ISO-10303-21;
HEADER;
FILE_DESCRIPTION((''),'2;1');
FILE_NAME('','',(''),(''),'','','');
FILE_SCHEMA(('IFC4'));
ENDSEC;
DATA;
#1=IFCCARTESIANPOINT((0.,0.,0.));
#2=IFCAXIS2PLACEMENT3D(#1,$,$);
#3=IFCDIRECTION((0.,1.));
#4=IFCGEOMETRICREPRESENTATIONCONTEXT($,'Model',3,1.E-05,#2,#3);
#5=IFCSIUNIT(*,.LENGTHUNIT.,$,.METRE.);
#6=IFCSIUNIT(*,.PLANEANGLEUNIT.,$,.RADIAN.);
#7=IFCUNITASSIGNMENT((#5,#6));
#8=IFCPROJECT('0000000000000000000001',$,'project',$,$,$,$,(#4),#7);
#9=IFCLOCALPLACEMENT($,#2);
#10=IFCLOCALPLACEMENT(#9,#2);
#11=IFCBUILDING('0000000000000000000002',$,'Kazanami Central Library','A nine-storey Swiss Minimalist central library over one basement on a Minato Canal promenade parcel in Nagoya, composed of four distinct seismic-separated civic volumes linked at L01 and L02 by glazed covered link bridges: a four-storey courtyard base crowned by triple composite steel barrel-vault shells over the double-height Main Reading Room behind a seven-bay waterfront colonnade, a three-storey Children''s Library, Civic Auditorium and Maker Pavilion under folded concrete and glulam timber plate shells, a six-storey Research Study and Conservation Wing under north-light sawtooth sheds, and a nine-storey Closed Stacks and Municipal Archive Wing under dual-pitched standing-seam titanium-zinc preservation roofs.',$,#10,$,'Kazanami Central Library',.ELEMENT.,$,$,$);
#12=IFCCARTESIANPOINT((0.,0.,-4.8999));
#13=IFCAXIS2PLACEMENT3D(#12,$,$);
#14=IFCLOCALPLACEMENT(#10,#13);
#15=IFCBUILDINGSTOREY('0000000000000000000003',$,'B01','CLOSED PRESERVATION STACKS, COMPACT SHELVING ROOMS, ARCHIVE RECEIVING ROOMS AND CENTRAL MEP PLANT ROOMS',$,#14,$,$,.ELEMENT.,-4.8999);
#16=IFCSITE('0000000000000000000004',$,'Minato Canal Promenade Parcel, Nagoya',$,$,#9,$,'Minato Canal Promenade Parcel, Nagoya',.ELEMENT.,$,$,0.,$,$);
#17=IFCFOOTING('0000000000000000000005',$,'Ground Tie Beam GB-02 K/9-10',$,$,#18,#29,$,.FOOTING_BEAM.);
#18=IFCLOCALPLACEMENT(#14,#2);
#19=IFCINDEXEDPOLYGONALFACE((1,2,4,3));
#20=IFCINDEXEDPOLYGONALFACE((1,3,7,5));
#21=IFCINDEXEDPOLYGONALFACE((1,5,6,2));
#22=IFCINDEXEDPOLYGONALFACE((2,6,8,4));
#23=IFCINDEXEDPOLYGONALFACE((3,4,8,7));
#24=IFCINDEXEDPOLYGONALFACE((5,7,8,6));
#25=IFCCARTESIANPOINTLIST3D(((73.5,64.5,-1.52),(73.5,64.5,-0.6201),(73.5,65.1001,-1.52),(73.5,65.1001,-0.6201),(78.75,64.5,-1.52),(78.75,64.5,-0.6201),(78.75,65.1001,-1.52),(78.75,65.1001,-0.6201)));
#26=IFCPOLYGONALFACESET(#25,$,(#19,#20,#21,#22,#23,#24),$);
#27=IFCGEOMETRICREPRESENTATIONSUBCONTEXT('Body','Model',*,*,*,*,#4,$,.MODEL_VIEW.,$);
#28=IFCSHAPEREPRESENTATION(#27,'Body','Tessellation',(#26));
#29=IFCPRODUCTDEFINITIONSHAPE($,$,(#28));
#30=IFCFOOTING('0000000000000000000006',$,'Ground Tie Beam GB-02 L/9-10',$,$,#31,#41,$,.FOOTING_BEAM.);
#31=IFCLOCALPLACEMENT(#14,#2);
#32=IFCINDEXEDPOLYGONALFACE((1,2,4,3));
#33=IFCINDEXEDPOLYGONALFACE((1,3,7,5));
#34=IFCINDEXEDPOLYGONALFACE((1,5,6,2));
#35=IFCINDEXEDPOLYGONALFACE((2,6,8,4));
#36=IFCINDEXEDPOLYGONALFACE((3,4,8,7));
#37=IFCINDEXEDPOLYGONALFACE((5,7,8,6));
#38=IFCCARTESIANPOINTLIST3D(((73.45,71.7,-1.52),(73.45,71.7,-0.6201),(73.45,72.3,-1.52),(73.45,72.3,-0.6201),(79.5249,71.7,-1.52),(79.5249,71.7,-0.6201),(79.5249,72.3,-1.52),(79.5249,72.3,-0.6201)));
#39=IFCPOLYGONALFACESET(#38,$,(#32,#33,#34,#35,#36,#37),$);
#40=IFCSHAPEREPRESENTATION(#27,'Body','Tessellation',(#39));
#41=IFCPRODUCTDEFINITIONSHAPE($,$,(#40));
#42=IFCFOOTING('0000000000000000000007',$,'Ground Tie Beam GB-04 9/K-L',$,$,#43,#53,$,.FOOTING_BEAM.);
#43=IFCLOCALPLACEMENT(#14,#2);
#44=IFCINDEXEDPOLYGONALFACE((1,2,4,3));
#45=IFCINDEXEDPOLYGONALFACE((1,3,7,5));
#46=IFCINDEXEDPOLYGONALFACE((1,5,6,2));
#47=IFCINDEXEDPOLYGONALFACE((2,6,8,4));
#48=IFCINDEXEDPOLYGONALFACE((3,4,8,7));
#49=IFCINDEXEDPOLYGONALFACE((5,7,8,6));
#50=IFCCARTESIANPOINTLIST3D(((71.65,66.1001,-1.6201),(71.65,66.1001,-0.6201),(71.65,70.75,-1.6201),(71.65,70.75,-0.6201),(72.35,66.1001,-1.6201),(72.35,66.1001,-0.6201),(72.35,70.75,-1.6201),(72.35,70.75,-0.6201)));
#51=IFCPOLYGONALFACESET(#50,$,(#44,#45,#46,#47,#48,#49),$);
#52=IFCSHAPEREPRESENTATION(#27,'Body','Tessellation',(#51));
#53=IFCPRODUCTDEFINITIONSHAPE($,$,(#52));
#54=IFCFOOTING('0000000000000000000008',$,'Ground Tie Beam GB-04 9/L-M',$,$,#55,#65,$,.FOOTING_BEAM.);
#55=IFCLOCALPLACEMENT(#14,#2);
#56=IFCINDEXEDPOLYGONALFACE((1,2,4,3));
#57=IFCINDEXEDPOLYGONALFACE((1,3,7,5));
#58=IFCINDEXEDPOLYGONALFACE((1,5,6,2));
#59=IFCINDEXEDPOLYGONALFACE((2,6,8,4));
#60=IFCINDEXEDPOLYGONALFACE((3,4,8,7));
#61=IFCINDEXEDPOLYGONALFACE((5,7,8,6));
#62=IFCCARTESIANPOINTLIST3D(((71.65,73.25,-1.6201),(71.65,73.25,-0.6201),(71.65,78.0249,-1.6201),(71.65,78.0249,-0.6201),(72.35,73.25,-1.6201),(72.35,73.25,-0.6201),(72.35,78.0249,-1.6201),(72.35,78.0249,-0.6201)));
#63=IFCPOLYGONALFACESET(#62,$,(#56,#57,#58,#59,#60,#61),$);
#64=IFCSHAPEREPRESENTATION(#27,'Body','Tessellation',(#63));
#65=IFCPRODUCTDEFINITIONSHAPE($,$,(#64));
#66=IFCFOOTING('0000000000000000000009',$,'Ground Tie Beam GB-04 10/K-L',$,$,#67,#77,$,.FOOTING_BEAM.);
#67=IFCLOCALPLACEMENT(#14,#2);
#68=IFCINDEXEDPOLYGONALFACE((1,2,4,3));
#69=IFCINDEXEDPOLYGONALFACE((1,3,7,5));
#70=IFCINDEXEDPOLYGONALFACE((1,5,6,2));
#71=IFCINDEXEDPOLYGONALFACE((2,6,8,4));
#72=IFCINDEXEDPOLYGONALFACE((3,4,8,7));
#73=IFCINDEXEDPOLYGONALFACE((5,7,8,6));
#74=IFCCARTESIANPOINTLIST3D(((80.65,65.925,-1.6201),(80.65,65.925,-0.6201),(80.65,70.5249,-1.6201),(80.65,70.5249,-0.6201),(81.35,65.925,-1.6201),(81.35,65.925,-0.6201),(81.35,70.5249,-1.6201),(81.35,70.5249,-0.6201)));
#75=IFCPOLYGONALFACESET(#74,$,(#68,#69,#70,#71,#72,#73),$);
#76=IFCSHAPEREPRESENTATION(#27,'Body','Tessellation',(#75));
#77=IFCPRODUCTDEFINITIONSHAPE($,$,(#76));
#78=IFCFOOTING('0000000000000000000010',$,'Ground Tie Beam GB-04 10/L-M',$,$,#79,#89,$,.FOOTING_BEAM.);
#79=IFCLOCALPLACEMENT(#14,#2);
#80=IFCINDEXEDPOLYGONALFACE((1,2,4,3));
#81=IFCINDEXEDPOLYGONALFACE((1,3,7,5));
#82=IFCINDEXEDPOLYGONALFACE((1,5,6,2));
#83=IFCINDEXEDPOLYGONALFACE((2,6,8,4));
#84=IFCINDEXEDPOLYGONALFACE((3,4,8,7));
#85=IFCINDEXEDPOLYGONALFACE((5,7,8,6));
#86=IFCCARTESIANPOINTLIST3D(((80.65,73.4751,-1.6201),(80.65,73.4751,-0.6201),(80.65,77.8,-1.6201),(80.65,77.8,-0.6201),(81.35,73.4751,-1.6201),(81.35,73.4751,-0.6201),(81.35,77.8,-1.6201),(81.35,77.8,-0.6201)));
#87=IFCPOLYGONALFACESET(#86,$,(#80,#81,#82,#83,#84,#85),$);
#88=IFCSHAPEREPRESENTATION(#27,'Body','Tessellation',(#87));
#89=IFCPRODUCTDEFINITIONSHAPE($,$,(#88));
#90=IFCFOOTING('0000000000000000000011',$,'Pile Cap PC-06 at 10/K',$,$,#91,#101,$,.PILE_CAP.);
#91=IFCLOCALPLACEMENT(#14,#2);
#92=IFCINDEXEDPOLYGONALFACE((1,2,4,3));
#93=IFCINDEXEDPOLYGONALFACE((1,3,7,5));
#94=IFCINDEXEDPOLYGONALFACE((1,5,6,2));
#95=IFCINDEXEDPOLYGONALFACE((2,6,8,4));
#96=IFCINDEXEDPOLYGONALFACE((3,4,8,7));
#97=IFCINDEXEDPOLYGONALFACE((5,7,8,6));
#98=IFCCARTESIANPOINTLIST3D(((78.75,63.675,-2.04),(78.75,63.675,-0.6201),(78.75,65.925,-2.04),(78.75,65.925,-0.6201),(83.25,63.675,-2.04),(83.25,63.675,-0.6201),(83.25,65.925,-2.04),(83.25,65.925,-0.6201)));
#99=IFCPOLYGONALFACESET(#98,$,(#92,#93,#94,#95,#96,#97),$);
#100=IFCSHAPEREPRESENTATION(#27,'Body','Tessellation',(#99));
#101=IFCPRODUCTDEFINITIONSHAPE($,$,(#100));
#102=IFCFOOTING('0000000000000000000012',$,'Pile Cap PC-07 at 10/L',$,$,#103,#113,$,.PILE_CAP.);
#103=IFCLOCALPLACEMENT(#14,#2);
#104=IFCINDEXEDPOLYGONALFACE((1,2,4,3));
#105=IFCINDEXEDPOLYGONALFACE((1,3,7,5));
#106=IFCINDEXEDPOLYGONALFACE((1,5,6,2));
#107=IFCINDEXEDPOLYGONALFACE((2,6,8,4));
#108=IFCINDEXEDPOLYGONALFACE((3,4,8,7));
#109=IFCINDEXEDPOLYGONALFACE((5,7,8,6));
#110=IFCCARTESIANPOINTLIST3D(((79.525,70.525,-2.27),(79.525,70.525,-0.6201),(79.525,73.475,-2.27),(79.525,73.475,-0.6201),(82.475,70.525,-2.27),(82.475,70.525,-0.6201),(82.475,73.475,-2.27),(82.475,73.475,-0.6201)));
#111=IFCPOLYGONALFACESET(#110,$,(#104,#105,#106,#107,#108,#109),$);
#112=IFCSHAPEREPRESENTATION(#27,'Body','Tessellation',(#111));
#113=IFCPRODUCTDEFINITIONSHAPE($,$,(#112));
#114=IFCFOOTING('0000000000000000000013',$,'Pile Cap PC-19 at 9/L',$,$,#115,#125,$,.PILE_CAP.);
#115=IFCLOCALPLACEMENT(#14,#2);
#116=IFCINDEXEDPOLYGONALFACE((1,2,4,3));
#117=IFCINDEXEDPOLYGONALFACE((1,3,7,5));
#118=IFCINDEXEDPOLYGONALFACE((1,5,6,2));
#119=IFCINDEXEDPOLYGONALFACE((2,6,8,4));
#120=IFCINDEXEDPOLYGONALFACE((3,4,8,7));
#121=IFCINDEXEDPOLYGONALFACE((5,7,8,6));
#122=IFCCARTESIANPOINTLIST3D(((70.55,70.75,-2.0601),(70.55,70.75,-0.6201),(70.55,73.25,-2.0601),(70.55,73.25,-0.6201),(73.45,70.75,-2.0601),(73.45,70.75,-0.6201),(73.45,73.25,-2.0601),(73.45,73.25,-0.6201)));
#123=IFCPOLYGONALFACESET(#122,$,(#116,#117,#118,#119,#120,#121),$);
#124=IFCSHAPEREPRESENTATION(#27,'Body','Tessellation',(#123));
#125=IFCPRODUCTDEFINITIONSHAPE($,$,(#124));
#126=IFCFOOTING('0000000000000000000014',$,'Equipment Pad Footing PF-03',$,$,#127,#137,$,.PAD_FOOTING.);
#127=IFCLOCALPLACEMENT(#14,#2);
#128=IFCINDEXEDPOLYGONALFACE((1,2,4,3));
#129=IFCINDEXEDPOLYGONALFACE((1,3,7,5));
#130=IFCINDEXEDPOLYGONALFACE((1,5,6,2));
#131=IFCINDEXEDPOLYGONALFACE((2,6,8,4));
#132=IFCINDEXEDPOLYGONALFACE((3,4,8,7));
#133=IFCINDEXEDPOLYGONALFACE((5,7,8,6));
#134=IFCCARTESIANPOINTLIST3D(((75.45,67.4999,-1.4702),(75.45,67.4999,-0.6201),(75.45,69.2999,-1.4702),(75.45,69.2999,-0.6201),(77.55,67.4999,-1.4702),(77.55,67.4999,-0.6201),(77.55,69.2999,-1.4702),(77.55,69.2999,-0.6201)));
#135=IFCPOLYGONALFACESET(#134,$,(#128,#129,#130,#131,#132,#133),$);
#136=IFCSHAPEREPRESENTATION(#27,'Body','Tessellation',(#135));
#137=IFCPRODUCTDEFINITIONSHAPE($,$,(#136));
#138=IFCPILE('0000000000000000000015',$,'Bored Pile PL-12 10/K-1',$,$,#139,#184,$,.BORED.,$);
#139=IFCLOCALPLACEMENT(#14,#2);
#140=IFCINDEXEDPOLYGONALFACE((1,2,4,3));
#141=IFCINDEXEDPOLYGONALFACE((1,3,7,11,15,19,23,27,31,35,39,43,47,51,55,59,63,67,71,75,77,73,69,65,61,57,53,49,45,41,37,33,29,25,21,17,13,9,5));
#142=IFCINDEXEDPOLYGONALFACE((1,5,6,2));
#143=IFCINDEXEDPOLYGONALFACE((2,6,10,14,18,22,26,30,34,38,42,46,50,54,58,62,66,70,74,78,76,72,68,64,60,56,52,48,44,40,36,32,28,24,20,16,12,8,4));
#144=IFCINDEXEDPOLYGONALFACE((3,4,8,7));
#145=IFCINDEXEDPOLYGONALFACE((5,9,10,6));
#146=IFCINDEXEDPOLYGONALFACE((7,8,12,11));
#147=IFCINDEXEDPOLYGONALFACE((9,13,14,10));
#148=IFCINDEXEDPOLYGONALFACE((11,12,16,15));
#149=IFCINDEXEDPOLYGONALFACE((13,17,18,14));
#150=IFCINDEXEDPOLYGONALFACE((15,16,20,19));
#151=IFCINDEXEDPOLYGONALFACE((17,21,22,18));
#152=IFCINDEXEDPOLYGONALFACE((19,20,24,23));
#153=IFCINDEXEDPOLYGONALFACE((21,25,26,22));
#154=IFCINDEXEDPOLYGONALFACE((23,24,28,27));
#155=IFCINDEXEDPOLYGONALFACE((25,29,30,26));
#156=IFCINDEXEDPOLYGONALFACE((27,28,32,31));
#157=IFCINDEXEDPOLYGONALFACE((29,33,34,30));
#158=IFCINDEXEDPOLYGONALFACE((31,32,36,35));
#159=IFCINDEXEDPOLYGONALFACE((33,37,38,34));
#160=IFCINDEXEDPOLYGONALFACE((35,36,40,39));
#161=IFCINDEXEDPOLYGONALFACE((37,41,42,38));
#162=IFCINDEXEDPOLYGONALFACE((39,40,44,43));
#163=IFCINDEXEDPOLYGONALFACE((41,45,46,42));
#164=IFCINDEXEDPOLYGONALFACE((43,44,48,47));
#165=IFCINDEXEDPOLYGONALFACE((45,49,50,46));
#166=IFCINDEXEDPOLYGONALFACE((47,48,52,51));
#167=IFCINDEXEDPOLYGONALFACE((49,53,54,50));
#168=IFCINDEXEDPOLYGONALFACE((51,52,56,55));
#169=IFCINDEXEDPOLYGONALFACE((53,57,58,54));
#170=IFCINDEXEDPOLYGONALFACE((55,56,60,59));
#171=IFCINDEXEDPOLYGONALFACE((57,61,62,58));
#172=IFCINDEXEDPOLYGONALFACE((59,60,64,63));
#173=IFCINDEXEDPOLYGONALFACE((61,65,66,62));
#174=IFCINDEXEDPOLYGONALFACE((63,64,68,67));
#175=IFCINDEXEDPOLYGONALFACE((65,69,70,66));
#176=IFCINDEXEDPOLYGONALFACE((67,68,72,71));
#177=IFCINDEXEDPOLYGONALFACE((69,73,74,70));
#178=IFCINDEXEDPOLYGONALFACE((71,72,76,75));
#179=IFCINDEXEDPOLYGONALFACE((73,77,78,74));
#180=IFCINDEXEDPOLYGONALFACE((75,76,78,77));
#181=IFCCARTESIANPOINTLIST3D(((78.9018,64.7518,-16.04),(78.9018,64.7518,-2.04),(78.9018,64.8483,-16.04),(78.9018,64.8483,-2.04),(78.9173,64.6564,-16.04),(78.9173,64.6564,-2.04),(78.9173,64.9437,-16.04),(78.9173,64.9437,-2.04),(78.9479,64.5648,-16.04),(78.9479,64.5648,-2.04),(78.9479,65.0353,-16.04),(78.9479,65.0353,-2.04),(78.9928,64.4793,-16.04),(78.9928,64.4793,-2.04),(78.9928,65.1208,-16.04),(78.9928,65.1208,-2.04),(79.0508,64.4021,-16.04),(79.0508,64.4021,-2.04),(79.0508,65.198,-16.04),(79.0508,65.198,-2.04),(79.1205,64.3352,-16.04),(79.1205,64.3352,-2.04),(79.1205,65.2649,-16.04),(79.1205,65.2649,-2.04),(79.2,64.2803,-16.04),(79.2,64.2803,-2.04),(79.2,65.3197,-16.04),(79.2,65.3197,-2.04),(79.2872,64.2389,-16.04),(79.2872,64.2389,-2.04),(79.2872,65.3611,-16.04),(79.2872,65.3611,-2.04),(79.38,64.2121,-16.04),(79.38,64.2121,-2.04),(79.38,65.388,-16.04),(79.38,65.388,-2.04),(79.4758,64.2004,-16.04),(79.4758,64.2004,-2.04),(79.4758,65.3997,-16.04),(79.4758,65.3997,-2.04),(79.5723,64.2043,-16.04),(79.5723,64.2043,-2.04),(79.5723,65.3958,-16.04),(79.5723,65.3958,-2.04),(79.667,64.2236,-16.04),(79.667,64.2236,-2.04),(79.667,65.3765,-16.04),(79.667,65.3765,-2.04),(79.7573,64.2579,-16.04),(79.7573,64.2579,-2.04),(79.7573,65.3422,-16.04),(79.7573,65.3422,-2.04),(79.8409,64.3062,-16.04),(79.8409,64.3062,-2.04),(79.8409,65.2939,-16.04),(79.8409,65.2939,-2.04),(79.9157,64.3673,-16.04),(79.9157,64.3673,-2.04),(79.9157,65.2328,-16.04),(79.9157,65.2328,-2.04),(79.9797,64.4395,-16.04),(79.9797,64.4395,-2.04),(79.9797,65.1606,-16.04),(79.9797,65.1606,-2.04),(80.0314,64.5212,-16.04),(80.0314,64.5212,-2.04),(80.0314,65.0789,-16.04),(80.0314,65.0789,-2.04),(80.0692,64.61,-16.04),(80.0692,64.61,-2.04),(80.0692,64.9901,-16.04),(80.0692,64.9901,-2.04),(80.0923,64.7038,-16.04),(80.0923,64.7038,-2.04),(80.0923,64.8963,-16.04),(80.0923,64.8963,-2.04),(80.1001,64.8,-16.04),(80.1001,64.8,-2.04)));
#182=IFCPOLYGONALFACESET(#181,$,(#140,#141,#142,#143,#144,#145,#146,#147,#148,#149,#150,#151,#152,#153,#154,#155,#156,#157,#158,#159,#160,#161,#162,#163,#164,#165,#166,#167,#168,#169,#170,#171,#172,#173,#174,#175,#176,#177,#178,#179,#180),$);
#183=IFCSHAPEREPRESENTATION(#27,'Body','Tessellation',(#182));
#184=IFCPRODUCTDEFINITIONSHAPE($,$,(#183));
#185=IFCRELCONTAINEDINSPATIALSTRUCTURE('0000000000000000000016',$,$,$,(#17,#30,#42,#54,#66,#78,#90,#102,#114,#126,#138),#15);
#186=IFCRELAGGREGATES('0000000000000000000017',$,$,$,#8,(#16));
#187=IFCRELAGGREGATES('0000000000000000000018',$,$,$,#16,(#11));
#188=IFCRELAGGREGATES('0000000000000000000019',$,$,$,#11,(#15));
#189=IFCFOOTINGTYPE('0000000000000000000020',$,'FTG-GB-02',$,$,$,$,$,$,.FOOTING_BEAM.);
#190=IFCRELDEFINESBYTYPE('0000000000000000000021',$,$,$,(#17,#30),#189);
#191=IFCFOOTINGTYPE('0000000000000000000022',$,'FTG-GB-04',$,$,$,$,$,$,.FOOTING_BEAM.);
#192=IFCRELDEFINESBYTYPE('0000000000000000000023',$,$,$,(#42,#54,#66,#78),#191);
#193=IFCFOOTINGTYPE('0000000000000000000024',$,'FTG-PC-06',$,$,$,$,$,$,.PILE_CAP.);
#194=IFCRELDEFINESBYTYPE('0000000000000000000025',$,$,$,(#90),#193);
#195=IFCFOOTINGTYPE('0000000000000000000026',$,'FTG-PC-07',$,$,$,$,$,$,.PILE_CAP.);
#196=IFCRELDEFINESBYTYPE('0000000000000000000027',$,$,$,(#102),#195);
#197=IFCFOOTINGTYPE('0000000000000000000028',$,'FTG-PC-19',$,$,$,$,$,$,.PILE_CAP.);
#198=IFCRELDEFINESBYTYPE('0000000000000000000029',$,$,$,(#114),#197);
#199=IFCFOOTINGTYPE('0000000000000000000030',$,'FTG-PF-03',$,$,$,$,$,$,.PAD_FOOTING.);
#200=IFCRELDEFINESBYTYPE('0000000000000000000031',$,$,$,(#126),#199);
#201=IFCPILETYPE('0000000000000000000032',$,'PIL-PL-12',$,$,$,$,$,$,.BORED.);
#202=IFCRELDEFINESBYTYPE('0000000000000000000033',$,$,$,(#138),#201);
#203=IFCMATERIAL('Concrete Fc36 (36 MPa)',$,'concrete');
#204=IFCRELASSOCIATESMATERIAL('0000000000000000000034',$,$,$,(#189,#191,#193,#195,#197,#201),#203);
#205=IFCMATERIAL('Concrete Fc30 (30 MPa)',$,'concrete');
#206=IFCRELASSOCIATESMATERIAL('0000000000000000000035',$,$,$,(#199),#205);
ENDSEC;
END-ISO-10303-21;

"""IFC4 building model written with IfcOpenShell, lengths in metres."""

from ifc_helpers import new_model, si_unit, direction, frame, origin, origin_2d, place, context, subcontext, project, spatial, rectangle, circle, extrude, material, material_profile, profile_set, type_object, element, save


model = new_model("IFC4")

# Units and contexts
model_context = context("Model", 3, precision=1e-05, world=origin(), true_north=direction((0.0, 1.0)))
body_context = subcontext(model_context, "Body", "Model", "MODEL_VIEW")
ifc_project = project(units=[si_unit("LENGTHUNIT", "METRE"), si_unit("PLANEANGLEUNIT", "RADIAN")], contexts=[model_context])

# Site, building, storey
site_placement = place(None, origin())
site = spatial("IfcSite", under=ifc_project, at=site_placement, Name="Minato Canal Promenade Parcel, Nagoya", LongName="Minato Canal Promenade Parcel, Nagoya", CompositionType="ELEMENT", RefElevation=0.0)
building_placement = place(site_placement, origin())
building = spatial("IfcBuilding", under=site, at=building_placement, Name="Kazanami Central Library", Description="A nine-storey Swiss Minimalist central library over one basement on a Minato Canal promenade parcel in Nagoya, composed of four distinct seismic-separated civic volumes linked at L01 and L02 by glazed covered link bridges: a four-storey courtyard base crowned by triple composite steel barrel-vault shells over the double-height Main Reading Room behind a seven-bay waterfront colonnade, a three-storey Children's Library, Civic Auditorium and Maker Pavilion under folded concrete and glulam timber plate shells, a six-storey Research Study and Conservation Wing under north-light sawtooth sheds, and a nine-storey Closed Stacks and Municipal Archive Wing under dual-pitched standing-seam titanium-zinc preservation roofs.", LongName="Kazanami Central Library", CompositionType="ELEMENT")
storey_placement = place(building_placement, frame((0.0, 0.0, -4.8999)))
storey = spatial("IfcBuildingStorey", under=building, at=storey_placement, Name="B01", Description="CLOSED PRESERVATION STACKS, COMPACT SHELVING ROOMS, ARCHIVE RECEIVING ROOMS AND CENTRAL MEP PLANT ROOMS", CompositionType="ELEMENT", Elevation=-4.8999)

# Footings
ifc_material_1 = material(Name="Concrete Fc36 (36 MPa)", Category="concrete")
ifc_material_profile_1 = material_profile(ifc_material_1, rectangle(XDim=0.6001, YDim=0.8999, at=origin_2d()), Name="RC-600x900")
ifc_profile_set_1 = profile_set([ifc_material_profile_1], Name="Concrete Fc36 (36 MPa)")
footing_type_1 = type_object("IfcFootingType", Name="FTG-GB-02", PredefinedType="FOOTING_BEAM", material=ifc_profile_set_1)
footing_1_placement = place(storey_placement, frame((73.5, 64.8, -1.0701), z_axis=(1.0, 0.0, 0.0), x_axis=(0.0, 1.0, 0.0)))
element("IfcFooting", 1, at=footing_1_placement, inside=storey, type_object=footing_type_1, Name="Ground Tie Beam GB-02 K/9-10", PredefinedType="FOOTING_BEAM", context=body_context, shape_type="SweptSolid", body=[
    extrude(rectangle(XDim=0.6001, YDim=0.8999, at=origin_2d()), origin(), (0.0, 0.0, 1.0), 5.25),
])
footing_2_placement = place(storey_placement, frame((73.45, 72.0, -1.0701), z_axis=(1.0, 0.0, 0.0), x_axis=(0.0, 1.0, 0.0)))
element("IfcFooting", 2, at=footing_2_placement, inside=storey, type_object=footing_type_1, Name="Ground Tie Beam GB-02 L/9-10", PredefinedType="FOOTING_BEAM", context=body_context, shape_type="SweptSolid", body=[
    extrude(rectangle(XDim=0.6001, YDim=0.8999, at=origin_2d()), origin(), (0.0, 0.0, 1.0), 6.075),
])
ifc_material_profile_2 = material_profile(ifc_material_1, rectangle(XDim=0.7, YDim=1.0, at=origin_2d()), Name="RC-700x1000")
ifc_profile_set_2 = profile_set([ifc_material_profile_2], Name="Concrete Fc36 (36 MPa)")
footing_type_2 = type_object("IfcFootingType", Name="FTG-GB-04", PredefinedType="FOOTING_BEAM", material=ifc_profile_set_2)
footing_3_placement = place(storey_placement, frame((72.0, 66.1001, -1.1201), z_axis=(0.0, 1.0, 0.0), x_axis=(-1.0, 0.0, 0.0)))
element("IfcFooting", 3, at=footing_3_placement, inside=storey, type_object=footing_type_2, Name="Ground Tie Beam GB-04 9/K-L", PredefinedType="FOOTING_BEAM", context=body_context, shape_type="SweptSolid", body=[
    extrude(rectangle(XDim=0.7, YDim=1.0, at=origin_2d()), origin(), (0.0, 0.0, 1.0), 4.6499),
])
footing_4_placement = place(storey_placement, frame((72.0, 73.25, -1.1201), z_axis=(0.0, 1.0, 0.0), x_axis=(-1.0, 0.0, 0.0)))
element("IfcFooting", 4, at=footing_4_placement, inside=storey, type_object=footing_type_2, Name="Ground Tie Beam GB-04 9/L-M", PredefinedType="FOOTING_BEAM", context=body_context, shape_type="SweptSolid", body=[
    extrude(rectangle(XDim=0.7, YDim=1.0, at=origin_2d()), origin(), (0.0, 0.0, 1.0), 4.7749),
])
footing_5_placement = place(storey_placement, frame((81.0, 65.925, -1.1201), z_axis=(0.0, 1.0, 0.0), x_axis=(-1.0, 0.0, 0.0)))
element("IfcFooting", 5, at=footing_5_placement, inside=storey, type_object=footing_type_2, Name="Ground Tie Beam GB-04 10/K-L", PredefinedType="FOOTING_BEAM", context=body_context, shape_type="SweptSolid", body=[
    extrude(rectangle(XDim=0.7, YDim=1.0, at=origin_2d()), origin(), (0.0, 0.0, 1.0), 4.5999),
])
footing_6_placement = place(storey_placement, frame((81.0, 73.4751, -1.1201), z_axis=(0.0, 1.0, 0.0), x_axis=(-1.0, 0.0, 0.0)))
element("IfcFooting", 6, at=footing_6_placement, inside=storey, type_object=footing_type_2, Name="Ground Tie Beam GB-04 10/L-M", PredefinedType="FOOTING_BEAM", context=body_context, shape_type="SweptSolid", body=[
    extrude(rectangle(XDim=0.7, YDim=1.0, at=origin_2d()), origin(), (0.0, 0.0, 1.0), 4.325),
])
footing_type_3 = type_object("IfcFootingType", Name="FTG-PC-06", PredefinedType="PILE_CAP", material=ifc_material_1)
footing_7_placement = place(storey_placement, frame((81.0, 64.8, -2.04), z_axis=(0.0, 0.0, 1.0), x_axis=(1.0, 0.0, 0.0)))
element("IfcFooting", 7, at=footing_7_placement, inside=storey, type_object=footing_type_3, Name="Pile Cap PC-06 at 10/K", PredefinedType="PILE_CAP", context=body_context, shape_type="SweptSolid", body=[
    extrude(rectangle(XDim=4.5, YDim=2.25, at=origin_2d()), origin(), (0.0, 0.0, 1.0), 1.4199),
])
footing_type_4 = type_object("IfcFootingType", Name="FTG-PC-07", PredefinedType="PILE_CAP", material=ifc_material_1)
footing_8_placement = place(storey_placement, frame((81.0, 72.0, -2.27), z_axis=(0.0, 0.0, 1.0), x_axis=(1.0, 0.0, 0.0)))
element("IfcFooting", 8, at=footing_8_placement, inside=storey, type_object=footing_type_4, Name="Pile Cap PC-07 at 10/L", PredefinedType="PILE_CAP", context=body_context, shape_type="SweptSolid", body=[
    extrude(rectangle(XDim=2.95, YDim=2.95, at=origin_2d()), origin(), (0.0, 0.0, 1.0), 1.6499),
])
footing_type_5 = type_object("IfcFootingType", Name="FTG-PC-19", PredefinedType="PILE_CAP", material=ifc_material_1)
footing_9_placement = place(storey_placement, frame((72.0, 72.0, -2.0601), z_axis=(0.0, 0.0, 1.0), x_axis=(1.0, 0.0, 0.0)))
element("IfcFooting", 9, at=footing_9_placement, inside=storey, type_object=footing_type_5, Name="Pile Cap PC-19 at 9/L", PredefinedType="PILE_CAP", context=body_context, shape_type="SweptSolid", body=[
    extrude(rectangle(XDim=2.8999, YDim=2.5, at=origin_2d()), origin(), (0.0, 0.0, 1.0), 1.4399),
])
ifc_material_2 = material(Name="Concrete Fc30 (30 MPa)", Category="concrete")
footing_type_6 = type_object("IfcFootingType", Name="FTG-PF-03", PredefinedType="PAD_FOOTING", material=ifc_material_2)
footing_10_placement = place(storey_placement, frame((76.5, 68.3999, -1.4702), z_axis=(0.0, 0.0, 1.0), x_axis=(1.0, 0.0, 0.0)))
element("IfcFooting", 10, at=footing_10_placement, inside=storey, type_object=footing_type_6, Name="Equipment Pad Footing PF-03", PredefinedType="PAD_FOOTING", context=body_context, shape_type="SweptSolid", body=[
    extrude(rectangle(XDim=2.1001, YDim=1.8, at=origin_2d()), origin(), (0.0, 0.0, 1.0), 0.8501),
])

# Pile
ifc_material_profile_3 = material_profile(ifc_material_1, circle(Radius=0.6001, at=origin_2d()), Name="BORED-D1200")
ifc_profile_set_3 = profile_set([ifc_material_profile_3], Name="Concrete Fc36 (36 MPa)")
pile_type_1 = type_object("IfcPileType", Name="PIL-PL-12", PredefinedType="BORED", material=ifc_profile_set_3)
pile_1_placement = place(storey_placement, frame((79.5, 64.8, -2.04), z_axis=(0.0, 0.0, -1.0), x_axis=(1.0, 0.0, 0.0)))
element("IfcPile", 11, at=pile_1_placement, inside=storey, type_object=pile_type_1, Name="Bored Pile PL-12 10/K-1", PredefinedType="BORED", context=body_context, shape_type="SweptSolid", body=[
    extrude(circle(Radius=0.6001, at=origin_2d()), origin(), (0.0, 0.0, 1.0), 14.0),
])

save(model, "model.ifc")
